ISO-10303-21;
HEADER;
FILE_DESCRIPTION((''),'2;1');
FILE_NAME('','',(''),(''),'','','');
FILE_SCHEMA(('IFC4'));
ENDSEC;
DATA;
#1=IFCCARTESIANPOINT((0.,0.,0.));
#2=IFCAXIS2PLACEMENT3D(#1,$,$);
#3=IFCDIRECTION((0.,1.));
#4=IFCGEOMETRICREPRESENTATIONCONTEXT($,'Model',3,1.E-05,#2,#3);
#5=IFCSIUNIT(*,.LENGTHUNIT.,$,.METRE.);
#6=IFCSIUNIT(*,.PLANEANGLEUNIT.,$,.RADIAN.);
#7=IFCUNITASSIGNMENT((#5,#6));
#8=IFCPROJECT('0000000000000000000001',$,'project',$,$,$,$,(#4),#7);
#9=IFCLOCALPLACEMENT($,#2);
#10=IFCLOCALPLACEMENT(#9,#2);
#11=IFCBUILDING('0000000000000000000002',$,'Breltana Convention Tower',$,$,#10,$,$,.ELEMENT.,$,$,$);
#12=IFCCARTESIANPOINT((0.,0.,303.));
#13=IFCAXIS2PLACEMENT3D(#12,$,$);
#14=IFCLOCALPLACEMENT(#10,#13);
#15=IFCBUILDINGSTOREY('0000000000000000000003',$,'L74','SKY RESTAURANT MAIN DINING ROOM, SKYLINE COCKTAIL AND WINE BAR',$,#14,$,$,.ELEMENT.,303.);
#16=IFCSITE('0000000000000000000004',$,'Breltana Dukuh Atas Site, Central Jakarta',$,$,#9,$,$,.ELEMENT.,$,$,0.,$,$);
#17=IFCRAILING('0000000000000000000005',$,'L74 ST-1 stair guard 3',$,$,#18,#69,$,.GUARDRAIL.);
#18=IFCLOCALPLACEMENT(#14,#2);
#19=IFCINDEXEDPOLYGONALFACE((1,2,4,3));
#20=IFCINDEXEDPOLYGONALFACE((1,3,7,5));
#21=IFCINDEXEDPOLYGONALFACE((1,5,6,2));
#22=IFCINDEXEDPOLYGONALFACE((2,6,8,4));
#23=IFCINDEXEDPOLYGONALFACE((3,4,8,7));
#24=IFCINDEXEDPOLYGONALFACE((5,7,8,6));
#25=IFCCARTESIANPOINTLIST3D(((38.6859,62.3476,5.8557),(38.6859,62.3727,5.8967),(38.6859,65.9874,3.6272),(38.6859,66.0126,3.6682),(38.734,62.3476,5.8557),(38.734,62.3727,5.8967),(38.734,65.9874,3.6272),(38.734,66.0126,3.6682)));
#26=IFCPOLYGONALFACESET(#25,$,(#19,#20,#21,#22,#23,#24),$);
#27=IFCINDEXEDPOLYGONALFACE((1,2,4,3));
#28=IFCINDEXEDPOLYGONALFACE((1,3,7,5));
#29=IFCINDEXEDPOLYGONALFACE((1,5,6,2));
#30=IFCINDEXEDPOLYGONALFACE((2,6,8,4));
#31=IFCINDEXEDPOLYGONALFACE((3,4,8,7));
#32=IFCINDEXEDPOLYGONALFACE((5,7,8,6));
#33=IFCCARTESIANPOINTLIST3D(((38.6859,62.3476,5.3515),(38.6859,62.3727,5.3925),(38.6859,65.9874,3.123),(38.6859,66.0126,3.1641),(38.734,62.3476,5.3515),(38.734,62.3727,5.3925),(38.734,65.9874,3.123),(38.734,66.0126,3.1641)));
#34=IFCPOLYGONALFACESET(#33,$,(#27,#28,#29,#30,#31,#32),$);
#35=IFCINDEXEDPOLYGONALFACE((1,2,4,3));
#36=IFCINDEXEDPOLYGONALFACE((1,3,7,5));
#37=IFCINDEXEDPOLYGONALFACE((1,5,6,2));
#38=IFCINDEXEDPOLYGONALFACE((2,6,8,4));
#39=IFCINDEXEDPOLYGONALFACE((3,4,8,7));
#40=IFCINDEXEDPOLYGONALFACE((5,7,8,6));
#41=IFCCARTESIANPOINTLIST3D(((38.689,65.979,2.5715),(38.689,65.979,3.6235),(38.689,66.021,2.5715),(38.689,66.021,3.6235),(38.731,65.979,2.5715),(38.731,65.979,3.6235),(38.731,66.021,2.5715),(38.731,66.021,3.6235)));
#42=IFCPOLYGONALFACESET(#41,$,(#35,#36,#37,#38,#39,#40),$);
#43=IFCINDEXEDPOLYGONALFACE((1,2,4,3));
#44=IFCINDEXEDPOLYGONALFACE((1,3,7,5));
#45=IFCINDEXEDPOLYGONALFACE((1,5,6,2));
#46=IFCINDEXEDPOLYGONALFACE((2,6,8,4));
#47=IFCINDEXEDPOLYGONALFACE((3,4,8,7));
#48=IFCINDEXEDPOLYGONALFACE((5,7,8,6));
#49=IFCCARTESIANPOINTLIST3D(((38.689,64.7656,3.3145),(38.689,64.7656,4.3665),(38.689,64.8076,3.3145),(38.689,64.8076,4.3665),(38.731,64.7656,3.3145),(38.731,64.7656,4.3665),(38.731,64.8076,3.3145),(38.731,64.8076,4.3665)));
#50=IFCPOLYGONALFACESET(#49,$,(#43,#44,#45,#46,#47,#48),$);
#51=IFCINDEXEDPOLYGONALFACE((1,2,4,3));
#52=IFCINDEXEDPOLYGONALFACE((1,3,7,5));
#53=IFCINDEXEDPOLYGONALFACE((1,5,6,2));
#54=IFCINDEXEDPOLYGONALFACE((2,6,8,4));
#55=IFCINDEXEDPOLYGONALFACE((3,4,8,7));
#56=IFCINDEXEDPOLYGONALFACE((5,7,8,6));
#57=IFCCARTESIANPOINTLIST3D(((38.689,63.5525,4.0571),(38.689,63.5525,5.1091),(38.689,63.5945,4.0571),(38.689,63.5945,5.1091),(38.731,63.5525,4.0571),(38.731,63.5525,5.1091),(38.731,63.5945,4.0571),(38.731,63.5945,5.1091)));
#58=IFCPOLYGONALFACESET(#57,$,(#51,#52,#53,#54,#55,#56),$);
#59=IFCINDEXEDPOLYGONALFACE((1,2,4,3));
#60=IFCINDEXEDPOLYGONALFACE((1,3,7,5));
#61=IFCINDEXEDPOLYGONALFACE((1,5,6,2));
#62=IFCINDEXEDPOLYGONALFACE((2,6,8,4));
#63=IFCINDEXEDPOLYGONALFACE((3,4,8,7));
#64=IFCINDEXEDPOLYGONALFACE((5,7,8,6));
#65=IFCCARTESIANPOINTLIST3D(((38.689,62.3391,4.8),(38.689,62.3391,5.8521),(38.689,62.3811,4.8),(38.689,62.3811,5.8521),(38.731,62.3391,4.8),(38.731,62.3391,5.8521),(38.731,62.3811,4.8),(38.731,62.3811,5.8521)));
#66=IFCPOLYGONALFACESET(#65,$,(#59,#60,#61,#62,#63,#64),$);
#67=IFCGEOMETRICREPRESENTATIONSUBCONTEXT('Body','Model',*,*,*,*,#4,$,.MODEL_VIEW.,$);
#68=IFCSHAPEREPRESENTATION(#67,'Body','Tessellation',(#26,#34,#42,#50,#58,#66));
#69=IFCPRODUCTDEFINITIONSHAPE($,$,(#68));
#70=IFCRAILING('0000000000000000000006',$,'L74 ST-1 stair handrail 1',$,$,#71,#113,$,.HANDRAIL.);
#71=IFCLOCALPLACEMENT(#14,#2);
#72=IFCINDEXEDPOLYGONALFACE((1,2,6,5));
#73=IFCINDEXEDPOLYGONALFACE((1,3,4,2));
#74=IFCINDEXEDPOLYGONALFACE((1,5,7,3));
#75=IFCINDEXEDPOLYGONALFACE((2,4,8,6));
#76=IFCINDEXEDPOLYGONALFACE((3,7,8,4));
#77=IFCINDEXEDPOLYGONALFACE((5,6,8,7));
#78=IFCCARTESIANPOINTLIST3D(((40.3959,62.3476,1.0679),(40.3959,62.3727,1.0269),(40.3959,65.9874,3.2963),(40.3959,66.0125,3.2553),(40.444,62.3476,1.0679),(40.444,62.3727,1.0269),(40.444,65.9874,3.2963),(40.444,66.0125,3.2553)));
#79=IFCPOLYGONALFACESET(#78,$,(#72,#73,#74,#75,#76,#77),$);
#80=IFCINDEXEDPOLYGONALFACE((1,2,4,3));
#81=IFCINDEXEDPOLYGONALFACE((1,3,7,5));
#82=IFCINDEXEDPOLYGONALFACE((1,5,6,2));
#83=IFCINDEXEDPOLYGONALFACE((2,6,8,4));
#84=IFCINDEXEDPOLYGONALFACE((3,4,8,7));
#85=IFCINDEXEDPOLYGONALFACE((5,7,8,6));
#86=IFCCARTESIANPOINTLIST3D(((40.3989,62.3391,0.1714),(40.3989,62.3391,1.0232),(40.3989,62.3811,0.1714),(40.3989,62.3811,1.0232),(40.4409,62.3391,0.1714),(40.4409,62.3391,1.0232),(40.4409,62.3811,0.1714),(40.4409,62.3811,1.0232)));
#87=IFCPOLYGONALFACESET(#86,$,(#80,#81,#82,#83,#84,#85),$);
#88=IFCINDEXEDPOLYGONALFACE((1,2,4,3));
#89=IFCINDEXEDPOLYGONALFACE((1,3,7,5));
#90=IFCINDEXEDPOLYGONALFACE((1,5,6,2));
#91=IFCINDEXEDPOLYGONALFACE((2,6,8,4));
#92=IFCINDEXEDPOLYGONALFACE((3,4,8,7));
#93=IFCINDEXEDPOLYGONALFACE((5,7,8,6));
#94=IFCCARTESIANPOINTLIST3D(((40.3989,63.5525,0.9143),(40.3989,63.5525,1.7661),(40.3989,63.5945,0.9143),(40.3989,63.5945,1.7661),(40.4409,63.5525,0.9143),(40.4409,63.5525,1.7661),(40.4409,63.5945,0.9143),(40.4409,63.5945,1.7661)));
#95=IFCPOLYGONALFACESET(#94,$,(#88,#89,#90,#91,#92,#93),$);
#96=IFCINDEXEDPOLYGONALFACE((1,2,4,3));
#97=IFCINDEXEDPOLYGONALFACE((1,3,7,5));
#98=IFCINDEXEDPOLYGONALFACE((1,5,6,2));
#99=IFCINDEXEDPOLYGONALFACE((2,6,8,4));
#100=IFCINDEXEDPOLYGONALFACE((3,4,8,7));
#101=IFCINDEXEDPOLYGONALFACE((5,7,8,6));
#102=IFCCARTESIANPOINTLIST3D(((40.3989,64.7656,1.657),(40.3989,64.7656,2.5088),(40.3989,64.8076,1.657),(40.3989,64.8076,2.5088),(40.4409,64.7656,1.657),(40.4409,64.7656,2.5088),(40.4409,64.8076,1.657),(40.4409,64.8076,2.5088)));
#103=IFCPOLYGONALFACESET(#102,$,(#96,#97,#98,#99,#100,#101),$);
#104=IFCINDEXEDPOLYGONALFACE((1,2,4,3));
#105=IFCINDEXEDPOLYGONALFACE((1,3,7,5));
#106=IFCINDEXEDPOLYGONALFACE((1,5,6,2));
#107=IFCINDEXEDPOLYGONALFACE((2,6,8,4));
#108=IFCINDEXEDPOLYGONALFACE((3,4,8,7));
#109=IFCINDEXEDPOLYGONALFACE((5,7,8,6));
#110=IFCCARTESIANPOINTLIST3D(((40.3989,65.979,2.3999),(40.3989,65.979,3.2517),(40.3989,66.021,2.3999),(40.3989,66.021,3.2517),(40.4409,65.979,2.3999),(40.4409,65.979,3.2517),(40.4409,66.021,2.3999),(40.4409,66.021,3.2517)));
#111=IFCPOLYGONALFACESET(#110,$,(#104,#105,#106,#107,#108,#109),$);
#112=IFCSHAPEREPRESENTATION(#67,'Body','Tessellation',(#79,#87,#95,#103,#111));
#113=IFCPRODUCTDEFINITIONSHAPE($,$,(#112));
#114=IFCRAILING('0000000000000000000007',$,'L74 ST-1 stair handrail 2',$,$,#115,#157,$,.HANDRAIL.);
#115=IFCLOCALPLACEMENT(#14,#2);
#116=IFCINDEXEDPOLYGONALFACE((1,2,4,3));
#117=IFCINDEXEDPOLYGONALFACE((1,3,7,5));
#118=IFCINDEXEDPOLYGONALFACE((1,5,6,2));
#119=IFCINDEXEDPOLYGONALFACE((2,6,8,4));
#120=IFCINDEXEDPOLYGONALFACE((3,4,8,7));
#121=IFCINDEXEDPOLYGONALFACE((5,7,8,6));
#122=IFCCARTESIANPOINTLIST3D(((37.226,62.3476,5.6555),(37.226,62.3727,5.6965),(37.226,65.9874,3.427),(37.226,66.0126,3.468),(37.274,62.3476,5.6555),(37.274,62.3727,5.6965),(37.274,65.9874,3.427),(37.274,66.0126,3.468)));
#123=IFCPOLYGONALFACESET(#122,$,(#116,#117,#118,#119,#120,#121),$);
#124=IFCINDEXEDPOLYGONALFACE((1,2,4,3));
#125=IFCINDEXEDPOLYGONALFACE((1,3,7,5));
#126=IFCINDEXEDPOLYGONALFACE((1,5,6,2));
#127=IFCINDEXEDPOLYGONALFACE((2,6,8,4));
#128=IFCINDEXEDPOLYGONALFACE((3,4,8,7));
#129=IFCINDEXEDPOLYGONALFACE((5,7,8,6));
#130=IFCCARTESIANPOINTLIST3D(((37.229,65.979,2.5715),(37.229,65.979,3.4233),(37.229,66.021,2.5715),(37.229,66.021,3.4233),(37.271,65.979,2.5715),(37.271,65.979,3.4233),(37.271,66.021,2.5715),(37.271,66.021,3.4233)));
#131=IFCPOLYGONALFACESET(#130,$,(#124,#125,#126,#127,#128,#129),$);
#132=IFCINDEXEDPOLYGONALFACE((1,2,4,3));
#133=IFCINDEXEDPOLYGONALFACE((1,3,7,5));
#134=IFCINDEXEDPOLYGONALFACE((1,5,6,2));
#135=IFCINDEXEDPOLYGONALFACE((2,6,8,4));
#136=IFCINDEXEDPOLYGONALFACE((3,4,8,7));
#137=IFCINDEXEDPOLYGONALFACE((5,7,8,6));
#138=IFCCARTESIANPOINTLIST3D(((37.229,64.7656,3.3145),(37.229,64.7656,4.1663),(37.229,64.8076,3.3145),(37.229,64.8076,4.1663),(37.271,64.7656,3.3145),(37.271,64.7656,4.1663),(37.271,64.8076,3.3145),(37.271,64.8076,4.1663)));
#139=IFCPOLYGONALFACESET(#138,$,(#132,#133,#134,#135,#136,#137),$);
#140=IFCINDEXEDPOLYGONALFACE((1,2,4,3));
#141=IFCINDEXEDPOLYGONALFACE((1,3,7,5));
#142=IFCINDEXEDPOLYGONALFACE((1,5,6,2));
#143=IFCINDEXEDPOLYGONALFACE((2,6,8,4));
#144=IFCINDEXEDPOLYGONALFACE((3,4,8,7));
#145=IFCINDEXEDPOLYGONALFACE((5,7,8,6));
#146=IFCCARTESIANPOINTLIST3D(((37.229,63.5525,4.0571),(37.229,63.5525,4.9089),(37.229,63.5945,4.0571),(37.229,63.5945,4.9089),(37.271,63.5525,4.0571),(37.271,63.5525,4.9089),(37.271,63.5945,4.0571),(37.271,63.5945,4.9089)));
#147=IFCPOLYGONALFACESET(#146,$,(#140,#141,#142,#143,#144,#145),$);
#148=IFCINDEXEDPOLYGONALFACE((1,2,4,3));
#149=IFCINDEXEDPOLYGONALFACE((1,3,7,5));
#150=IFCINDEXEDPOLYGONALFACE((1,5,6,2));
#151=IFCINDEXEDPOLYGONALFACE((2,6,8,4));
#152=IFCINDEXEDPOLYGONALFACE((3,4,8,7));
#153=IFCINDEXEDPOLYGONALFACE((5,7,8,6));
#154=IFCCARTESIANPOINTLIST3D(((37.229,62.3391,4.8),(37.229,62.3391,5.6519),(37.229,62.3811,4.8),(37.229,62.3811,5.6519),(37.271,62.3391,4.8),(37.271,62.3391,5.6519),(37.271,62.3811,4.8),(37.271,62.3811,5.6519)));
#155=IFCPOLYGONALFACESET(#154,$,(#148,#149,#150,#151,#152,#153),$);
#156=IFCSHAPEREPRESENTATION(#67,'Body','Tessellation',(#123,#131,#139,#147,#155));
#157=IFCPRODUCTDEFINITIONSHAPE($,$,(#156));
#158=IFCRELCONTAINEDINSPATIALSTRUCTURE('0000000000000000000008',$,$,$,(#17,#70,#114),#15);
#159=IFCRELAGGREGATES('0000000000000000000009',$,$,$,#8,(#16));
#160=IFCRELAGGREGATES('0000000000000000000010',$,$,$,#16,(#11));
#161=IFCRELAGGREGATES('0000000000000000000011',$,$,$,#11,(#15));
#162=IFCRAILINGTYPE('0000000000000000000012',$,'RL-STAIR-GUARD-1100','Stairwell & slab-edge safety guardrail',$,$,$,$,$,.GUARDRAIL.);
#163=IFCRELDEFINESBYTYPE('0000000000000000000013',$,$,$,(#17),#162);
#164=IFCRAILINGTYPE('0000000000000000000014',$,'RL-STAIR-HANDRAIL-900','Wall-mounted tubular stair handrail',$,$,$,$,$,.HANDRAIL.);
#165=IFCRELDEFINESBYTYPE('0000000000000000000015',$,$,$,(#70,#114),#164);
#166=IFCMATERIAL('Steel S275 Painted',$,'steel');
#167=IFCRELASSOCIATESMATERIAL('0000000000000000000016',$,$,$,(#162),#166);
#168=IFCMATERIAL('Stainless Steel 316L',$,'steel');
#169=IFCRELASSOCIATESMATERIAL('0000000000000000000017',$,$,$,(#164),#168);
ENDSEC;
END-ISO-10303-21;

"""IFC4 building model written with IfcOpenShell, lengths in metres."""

from ifc_helpers import new_model, si_unit, direction, frame, origin, origin_2d, place, context, subcontext, project, spatial, rectangle, extrude, material, type_object, element, save


model = new_model("IFC4")

# Units and contexts
model_context = context("Model", 3, precision=1e-05, world=origin(), true_north=direction((0.0, 1.0)))
body_context = subcontext(model_context, "Body", "Model", "MODEL_VIEW")
ifc_project = project(units=[si_unit("LENGTHUNIT", "METRE"), si_unit("PLANEANGLEUNIT", "RADIAN")], contexts=[model_context])

# Site, building, storey
site_placement = place(None, origin())
site = spatial("IfcSite", under=ifc_project, at=site_placement, Name="Breltana Dukuh Atas Site, Central Jakarta", CompositionType="ELEMENT", RefElevation=0.0)
building_placement = place(site_placement, origin())
building = spatial("IfcBuilding", under=site, at=building_placement, Name="Breltana Convention Tower", CompositionType="ELEMENT")
storey_placement = place(building_placement, frame((0.0, 0.0, 303.0)))
storey = spatial("IfcBuildingStorey", under=building, at=storey_placement, Name="L74", Description="SKY RESTAURANT MAIN DINING ROOM, SKYLINE COCKTAIL AND WINE BAR", CompositionType="ELEMENT", Elevation=303.0)

# Railings
ifc_material_1 = material(Name="Steel S275 Painted", Category="steel")
railing_type_1 = type_object("IfcRailingType", Name="RL-STAIR-GUARD-1100", Description="Stairwell & slab-edge safety guardrail", PredefinedType="GUARDRAIL", material=ifc_material_1)
railing_1_placement = place(storey_placement, frame((38.71, 66.0, 2.5715)))
element("IfcRailing", 1, at=railing_1_placement, inside=storey, type_object=railing_type_1, Name="L74 ST-1 stair guard 3", PredefinedType="GUARDRAIL", context=body_context, shape_type="SweptSolid", body=[
    extrude(rectangle(XDim=0.0481, YDim=0.0481, at=origin_2d()), frame((0.0, 0.0, 1.0762), z_axis=(0.0, -0.85285, 0.522156), x_axis=(1.0, 0.0, 0.0)), (0.0, 0.0, 1.0), 4.2678),
    extrude(rectangle(XDim=0.0481, YDim=0.0481, at=origin_2d()), frame((0.0, 0.0, 0.572), z_axis=(0.0, -0.85285, 0.522156), x_axis=(1.0, 0.0, 0.0)), (0.0, 0.0, 1.0), 4.2678),
    extrude(rectangle(XDim=0.042, YDim=0.042, at=origin_2d()), origin(), (0.0, 0.0, 1.0), 1.052),
    extrude(rectangle(XDim=0.042, YDim=0.042, at=origin_2d()), frame((0.0, -1.2134, 0.7429)), (0.0, 0.0, 1.0), 1.052),
    extrude(rectangle(XDim=0.042, YDim=0.042, at=origin_2d()), frame((0.0, -2.4265, 1.4856)), (0.0, 0.0, 1.0), 1.052),
    extrude(rectangle(XDim=0.042, YDim=0.042, at=origin_2d()), frame((0.0, -3.6399, 2.2285)), (0.0, 0.0, 1.0), 1.052),
])
ifc_material_2 = material(Name="Stainless Steel 316L", Category="steel")
railing_type_2 = type_object("IfcRailingType", Name="RL-STAIR-HANDRAIL-900", Description="Wall-mounted tubular stair handrail", PredefinedType="HANDRAIL", material=ifc_material_2)
railing_2_placement = place(storey_placement, frame((40.4199, 62.3601, 0.1714)))
element("IfcRailing", 2, at=railing_2_placement, inside=storey, type_object=railing_type_2, Name="L74 ST-1 stair handrail 1", PredefinedType="HANDRAIL", context=body_context, shape_type="SweptSolid", body=[
    extrude(rectangle(XDim=0.0481, YDim=0.0481, at=origin_2d()), frame((0.0, 0.0, 0.876), z_axis=(0.0, 0.85285, 0.522156), x_axis=(-1.0, 0.0, 0.0)), (0.0, 0.0, 1.0), 4.2678),
    extrude(rectangle(XDim=0.042, YDim=0.042, at=origin_2d()), origin(), (0.0, 0.0, 1.0), 0.8518),
    extrude(rectangle(XDim=0.042, YDim=0.042, at=origin_2d()), frame((0.0, 1.2134, 0.7429)), (0.0, 0.0, 1.0), 0.8518),
    extrude(rectangle(XDim=0.042, YDim=0.042, at=origin_2d()), frame((0.0, 2.4265, 1.4856)), (0.0, 0.0, 1.0), 0.8518),
    extrude(rectangle(XDim=0.042, YDim=0.042, at=origin_2d()), frame((0.0, 3.6399, 2.2285)), (0.0, 0.0, 1.0), 0.8518),
])
railing_3_placement = place(storey_placement, frame((37.25, 66.0, 2.5715)))
element("IfcRailing", 3, at=railing_3_placement, inside=storey, type_object=railing_type_2, Name="L74 ST-1 stair handrail 2", PredefinedType="HANDRAIL", context=body_context, shape_type="SweptSolid", body=[
    extrude(rectangle(XDim=0.0481, YDim=0.0481, at=origin_2d()), frame((0.0, 0.0, 0.876), z_axis=(0.0, -0.85285, 0.522156), x_axis=(1.0, 0.0, 0.0)), (0.0, 0.0, 1.0), 4.2678),
    extrude(rectangle(XDim=0.042, YDim=0.042, at=origin_2d()), origin(), (0.0, 0.0, 1.0), 0.8518),
    extrude(rectangle(XDim=0.042, YDim=0.042, at=origin_2d()), frame((0.0, -1.2134, 0.7429)), (0.0, 0.0, 1.0), 0.8518),
    extrude(rectangle(XDim=0.042, YDim=0.042, at=origin_2d()), frame((0.0, -2.4265, 1.4856)), (0.0, 0.0, 1.0), 0.8518),
    extrude(rectangle(XDim=0.042, YDim=0.042, at=origin_2d()), frame((0.0, -3.6399, 2.2285)), (0.0, 0.0, 1.0), 0.8518),
])

save(model, "model.ifc")
